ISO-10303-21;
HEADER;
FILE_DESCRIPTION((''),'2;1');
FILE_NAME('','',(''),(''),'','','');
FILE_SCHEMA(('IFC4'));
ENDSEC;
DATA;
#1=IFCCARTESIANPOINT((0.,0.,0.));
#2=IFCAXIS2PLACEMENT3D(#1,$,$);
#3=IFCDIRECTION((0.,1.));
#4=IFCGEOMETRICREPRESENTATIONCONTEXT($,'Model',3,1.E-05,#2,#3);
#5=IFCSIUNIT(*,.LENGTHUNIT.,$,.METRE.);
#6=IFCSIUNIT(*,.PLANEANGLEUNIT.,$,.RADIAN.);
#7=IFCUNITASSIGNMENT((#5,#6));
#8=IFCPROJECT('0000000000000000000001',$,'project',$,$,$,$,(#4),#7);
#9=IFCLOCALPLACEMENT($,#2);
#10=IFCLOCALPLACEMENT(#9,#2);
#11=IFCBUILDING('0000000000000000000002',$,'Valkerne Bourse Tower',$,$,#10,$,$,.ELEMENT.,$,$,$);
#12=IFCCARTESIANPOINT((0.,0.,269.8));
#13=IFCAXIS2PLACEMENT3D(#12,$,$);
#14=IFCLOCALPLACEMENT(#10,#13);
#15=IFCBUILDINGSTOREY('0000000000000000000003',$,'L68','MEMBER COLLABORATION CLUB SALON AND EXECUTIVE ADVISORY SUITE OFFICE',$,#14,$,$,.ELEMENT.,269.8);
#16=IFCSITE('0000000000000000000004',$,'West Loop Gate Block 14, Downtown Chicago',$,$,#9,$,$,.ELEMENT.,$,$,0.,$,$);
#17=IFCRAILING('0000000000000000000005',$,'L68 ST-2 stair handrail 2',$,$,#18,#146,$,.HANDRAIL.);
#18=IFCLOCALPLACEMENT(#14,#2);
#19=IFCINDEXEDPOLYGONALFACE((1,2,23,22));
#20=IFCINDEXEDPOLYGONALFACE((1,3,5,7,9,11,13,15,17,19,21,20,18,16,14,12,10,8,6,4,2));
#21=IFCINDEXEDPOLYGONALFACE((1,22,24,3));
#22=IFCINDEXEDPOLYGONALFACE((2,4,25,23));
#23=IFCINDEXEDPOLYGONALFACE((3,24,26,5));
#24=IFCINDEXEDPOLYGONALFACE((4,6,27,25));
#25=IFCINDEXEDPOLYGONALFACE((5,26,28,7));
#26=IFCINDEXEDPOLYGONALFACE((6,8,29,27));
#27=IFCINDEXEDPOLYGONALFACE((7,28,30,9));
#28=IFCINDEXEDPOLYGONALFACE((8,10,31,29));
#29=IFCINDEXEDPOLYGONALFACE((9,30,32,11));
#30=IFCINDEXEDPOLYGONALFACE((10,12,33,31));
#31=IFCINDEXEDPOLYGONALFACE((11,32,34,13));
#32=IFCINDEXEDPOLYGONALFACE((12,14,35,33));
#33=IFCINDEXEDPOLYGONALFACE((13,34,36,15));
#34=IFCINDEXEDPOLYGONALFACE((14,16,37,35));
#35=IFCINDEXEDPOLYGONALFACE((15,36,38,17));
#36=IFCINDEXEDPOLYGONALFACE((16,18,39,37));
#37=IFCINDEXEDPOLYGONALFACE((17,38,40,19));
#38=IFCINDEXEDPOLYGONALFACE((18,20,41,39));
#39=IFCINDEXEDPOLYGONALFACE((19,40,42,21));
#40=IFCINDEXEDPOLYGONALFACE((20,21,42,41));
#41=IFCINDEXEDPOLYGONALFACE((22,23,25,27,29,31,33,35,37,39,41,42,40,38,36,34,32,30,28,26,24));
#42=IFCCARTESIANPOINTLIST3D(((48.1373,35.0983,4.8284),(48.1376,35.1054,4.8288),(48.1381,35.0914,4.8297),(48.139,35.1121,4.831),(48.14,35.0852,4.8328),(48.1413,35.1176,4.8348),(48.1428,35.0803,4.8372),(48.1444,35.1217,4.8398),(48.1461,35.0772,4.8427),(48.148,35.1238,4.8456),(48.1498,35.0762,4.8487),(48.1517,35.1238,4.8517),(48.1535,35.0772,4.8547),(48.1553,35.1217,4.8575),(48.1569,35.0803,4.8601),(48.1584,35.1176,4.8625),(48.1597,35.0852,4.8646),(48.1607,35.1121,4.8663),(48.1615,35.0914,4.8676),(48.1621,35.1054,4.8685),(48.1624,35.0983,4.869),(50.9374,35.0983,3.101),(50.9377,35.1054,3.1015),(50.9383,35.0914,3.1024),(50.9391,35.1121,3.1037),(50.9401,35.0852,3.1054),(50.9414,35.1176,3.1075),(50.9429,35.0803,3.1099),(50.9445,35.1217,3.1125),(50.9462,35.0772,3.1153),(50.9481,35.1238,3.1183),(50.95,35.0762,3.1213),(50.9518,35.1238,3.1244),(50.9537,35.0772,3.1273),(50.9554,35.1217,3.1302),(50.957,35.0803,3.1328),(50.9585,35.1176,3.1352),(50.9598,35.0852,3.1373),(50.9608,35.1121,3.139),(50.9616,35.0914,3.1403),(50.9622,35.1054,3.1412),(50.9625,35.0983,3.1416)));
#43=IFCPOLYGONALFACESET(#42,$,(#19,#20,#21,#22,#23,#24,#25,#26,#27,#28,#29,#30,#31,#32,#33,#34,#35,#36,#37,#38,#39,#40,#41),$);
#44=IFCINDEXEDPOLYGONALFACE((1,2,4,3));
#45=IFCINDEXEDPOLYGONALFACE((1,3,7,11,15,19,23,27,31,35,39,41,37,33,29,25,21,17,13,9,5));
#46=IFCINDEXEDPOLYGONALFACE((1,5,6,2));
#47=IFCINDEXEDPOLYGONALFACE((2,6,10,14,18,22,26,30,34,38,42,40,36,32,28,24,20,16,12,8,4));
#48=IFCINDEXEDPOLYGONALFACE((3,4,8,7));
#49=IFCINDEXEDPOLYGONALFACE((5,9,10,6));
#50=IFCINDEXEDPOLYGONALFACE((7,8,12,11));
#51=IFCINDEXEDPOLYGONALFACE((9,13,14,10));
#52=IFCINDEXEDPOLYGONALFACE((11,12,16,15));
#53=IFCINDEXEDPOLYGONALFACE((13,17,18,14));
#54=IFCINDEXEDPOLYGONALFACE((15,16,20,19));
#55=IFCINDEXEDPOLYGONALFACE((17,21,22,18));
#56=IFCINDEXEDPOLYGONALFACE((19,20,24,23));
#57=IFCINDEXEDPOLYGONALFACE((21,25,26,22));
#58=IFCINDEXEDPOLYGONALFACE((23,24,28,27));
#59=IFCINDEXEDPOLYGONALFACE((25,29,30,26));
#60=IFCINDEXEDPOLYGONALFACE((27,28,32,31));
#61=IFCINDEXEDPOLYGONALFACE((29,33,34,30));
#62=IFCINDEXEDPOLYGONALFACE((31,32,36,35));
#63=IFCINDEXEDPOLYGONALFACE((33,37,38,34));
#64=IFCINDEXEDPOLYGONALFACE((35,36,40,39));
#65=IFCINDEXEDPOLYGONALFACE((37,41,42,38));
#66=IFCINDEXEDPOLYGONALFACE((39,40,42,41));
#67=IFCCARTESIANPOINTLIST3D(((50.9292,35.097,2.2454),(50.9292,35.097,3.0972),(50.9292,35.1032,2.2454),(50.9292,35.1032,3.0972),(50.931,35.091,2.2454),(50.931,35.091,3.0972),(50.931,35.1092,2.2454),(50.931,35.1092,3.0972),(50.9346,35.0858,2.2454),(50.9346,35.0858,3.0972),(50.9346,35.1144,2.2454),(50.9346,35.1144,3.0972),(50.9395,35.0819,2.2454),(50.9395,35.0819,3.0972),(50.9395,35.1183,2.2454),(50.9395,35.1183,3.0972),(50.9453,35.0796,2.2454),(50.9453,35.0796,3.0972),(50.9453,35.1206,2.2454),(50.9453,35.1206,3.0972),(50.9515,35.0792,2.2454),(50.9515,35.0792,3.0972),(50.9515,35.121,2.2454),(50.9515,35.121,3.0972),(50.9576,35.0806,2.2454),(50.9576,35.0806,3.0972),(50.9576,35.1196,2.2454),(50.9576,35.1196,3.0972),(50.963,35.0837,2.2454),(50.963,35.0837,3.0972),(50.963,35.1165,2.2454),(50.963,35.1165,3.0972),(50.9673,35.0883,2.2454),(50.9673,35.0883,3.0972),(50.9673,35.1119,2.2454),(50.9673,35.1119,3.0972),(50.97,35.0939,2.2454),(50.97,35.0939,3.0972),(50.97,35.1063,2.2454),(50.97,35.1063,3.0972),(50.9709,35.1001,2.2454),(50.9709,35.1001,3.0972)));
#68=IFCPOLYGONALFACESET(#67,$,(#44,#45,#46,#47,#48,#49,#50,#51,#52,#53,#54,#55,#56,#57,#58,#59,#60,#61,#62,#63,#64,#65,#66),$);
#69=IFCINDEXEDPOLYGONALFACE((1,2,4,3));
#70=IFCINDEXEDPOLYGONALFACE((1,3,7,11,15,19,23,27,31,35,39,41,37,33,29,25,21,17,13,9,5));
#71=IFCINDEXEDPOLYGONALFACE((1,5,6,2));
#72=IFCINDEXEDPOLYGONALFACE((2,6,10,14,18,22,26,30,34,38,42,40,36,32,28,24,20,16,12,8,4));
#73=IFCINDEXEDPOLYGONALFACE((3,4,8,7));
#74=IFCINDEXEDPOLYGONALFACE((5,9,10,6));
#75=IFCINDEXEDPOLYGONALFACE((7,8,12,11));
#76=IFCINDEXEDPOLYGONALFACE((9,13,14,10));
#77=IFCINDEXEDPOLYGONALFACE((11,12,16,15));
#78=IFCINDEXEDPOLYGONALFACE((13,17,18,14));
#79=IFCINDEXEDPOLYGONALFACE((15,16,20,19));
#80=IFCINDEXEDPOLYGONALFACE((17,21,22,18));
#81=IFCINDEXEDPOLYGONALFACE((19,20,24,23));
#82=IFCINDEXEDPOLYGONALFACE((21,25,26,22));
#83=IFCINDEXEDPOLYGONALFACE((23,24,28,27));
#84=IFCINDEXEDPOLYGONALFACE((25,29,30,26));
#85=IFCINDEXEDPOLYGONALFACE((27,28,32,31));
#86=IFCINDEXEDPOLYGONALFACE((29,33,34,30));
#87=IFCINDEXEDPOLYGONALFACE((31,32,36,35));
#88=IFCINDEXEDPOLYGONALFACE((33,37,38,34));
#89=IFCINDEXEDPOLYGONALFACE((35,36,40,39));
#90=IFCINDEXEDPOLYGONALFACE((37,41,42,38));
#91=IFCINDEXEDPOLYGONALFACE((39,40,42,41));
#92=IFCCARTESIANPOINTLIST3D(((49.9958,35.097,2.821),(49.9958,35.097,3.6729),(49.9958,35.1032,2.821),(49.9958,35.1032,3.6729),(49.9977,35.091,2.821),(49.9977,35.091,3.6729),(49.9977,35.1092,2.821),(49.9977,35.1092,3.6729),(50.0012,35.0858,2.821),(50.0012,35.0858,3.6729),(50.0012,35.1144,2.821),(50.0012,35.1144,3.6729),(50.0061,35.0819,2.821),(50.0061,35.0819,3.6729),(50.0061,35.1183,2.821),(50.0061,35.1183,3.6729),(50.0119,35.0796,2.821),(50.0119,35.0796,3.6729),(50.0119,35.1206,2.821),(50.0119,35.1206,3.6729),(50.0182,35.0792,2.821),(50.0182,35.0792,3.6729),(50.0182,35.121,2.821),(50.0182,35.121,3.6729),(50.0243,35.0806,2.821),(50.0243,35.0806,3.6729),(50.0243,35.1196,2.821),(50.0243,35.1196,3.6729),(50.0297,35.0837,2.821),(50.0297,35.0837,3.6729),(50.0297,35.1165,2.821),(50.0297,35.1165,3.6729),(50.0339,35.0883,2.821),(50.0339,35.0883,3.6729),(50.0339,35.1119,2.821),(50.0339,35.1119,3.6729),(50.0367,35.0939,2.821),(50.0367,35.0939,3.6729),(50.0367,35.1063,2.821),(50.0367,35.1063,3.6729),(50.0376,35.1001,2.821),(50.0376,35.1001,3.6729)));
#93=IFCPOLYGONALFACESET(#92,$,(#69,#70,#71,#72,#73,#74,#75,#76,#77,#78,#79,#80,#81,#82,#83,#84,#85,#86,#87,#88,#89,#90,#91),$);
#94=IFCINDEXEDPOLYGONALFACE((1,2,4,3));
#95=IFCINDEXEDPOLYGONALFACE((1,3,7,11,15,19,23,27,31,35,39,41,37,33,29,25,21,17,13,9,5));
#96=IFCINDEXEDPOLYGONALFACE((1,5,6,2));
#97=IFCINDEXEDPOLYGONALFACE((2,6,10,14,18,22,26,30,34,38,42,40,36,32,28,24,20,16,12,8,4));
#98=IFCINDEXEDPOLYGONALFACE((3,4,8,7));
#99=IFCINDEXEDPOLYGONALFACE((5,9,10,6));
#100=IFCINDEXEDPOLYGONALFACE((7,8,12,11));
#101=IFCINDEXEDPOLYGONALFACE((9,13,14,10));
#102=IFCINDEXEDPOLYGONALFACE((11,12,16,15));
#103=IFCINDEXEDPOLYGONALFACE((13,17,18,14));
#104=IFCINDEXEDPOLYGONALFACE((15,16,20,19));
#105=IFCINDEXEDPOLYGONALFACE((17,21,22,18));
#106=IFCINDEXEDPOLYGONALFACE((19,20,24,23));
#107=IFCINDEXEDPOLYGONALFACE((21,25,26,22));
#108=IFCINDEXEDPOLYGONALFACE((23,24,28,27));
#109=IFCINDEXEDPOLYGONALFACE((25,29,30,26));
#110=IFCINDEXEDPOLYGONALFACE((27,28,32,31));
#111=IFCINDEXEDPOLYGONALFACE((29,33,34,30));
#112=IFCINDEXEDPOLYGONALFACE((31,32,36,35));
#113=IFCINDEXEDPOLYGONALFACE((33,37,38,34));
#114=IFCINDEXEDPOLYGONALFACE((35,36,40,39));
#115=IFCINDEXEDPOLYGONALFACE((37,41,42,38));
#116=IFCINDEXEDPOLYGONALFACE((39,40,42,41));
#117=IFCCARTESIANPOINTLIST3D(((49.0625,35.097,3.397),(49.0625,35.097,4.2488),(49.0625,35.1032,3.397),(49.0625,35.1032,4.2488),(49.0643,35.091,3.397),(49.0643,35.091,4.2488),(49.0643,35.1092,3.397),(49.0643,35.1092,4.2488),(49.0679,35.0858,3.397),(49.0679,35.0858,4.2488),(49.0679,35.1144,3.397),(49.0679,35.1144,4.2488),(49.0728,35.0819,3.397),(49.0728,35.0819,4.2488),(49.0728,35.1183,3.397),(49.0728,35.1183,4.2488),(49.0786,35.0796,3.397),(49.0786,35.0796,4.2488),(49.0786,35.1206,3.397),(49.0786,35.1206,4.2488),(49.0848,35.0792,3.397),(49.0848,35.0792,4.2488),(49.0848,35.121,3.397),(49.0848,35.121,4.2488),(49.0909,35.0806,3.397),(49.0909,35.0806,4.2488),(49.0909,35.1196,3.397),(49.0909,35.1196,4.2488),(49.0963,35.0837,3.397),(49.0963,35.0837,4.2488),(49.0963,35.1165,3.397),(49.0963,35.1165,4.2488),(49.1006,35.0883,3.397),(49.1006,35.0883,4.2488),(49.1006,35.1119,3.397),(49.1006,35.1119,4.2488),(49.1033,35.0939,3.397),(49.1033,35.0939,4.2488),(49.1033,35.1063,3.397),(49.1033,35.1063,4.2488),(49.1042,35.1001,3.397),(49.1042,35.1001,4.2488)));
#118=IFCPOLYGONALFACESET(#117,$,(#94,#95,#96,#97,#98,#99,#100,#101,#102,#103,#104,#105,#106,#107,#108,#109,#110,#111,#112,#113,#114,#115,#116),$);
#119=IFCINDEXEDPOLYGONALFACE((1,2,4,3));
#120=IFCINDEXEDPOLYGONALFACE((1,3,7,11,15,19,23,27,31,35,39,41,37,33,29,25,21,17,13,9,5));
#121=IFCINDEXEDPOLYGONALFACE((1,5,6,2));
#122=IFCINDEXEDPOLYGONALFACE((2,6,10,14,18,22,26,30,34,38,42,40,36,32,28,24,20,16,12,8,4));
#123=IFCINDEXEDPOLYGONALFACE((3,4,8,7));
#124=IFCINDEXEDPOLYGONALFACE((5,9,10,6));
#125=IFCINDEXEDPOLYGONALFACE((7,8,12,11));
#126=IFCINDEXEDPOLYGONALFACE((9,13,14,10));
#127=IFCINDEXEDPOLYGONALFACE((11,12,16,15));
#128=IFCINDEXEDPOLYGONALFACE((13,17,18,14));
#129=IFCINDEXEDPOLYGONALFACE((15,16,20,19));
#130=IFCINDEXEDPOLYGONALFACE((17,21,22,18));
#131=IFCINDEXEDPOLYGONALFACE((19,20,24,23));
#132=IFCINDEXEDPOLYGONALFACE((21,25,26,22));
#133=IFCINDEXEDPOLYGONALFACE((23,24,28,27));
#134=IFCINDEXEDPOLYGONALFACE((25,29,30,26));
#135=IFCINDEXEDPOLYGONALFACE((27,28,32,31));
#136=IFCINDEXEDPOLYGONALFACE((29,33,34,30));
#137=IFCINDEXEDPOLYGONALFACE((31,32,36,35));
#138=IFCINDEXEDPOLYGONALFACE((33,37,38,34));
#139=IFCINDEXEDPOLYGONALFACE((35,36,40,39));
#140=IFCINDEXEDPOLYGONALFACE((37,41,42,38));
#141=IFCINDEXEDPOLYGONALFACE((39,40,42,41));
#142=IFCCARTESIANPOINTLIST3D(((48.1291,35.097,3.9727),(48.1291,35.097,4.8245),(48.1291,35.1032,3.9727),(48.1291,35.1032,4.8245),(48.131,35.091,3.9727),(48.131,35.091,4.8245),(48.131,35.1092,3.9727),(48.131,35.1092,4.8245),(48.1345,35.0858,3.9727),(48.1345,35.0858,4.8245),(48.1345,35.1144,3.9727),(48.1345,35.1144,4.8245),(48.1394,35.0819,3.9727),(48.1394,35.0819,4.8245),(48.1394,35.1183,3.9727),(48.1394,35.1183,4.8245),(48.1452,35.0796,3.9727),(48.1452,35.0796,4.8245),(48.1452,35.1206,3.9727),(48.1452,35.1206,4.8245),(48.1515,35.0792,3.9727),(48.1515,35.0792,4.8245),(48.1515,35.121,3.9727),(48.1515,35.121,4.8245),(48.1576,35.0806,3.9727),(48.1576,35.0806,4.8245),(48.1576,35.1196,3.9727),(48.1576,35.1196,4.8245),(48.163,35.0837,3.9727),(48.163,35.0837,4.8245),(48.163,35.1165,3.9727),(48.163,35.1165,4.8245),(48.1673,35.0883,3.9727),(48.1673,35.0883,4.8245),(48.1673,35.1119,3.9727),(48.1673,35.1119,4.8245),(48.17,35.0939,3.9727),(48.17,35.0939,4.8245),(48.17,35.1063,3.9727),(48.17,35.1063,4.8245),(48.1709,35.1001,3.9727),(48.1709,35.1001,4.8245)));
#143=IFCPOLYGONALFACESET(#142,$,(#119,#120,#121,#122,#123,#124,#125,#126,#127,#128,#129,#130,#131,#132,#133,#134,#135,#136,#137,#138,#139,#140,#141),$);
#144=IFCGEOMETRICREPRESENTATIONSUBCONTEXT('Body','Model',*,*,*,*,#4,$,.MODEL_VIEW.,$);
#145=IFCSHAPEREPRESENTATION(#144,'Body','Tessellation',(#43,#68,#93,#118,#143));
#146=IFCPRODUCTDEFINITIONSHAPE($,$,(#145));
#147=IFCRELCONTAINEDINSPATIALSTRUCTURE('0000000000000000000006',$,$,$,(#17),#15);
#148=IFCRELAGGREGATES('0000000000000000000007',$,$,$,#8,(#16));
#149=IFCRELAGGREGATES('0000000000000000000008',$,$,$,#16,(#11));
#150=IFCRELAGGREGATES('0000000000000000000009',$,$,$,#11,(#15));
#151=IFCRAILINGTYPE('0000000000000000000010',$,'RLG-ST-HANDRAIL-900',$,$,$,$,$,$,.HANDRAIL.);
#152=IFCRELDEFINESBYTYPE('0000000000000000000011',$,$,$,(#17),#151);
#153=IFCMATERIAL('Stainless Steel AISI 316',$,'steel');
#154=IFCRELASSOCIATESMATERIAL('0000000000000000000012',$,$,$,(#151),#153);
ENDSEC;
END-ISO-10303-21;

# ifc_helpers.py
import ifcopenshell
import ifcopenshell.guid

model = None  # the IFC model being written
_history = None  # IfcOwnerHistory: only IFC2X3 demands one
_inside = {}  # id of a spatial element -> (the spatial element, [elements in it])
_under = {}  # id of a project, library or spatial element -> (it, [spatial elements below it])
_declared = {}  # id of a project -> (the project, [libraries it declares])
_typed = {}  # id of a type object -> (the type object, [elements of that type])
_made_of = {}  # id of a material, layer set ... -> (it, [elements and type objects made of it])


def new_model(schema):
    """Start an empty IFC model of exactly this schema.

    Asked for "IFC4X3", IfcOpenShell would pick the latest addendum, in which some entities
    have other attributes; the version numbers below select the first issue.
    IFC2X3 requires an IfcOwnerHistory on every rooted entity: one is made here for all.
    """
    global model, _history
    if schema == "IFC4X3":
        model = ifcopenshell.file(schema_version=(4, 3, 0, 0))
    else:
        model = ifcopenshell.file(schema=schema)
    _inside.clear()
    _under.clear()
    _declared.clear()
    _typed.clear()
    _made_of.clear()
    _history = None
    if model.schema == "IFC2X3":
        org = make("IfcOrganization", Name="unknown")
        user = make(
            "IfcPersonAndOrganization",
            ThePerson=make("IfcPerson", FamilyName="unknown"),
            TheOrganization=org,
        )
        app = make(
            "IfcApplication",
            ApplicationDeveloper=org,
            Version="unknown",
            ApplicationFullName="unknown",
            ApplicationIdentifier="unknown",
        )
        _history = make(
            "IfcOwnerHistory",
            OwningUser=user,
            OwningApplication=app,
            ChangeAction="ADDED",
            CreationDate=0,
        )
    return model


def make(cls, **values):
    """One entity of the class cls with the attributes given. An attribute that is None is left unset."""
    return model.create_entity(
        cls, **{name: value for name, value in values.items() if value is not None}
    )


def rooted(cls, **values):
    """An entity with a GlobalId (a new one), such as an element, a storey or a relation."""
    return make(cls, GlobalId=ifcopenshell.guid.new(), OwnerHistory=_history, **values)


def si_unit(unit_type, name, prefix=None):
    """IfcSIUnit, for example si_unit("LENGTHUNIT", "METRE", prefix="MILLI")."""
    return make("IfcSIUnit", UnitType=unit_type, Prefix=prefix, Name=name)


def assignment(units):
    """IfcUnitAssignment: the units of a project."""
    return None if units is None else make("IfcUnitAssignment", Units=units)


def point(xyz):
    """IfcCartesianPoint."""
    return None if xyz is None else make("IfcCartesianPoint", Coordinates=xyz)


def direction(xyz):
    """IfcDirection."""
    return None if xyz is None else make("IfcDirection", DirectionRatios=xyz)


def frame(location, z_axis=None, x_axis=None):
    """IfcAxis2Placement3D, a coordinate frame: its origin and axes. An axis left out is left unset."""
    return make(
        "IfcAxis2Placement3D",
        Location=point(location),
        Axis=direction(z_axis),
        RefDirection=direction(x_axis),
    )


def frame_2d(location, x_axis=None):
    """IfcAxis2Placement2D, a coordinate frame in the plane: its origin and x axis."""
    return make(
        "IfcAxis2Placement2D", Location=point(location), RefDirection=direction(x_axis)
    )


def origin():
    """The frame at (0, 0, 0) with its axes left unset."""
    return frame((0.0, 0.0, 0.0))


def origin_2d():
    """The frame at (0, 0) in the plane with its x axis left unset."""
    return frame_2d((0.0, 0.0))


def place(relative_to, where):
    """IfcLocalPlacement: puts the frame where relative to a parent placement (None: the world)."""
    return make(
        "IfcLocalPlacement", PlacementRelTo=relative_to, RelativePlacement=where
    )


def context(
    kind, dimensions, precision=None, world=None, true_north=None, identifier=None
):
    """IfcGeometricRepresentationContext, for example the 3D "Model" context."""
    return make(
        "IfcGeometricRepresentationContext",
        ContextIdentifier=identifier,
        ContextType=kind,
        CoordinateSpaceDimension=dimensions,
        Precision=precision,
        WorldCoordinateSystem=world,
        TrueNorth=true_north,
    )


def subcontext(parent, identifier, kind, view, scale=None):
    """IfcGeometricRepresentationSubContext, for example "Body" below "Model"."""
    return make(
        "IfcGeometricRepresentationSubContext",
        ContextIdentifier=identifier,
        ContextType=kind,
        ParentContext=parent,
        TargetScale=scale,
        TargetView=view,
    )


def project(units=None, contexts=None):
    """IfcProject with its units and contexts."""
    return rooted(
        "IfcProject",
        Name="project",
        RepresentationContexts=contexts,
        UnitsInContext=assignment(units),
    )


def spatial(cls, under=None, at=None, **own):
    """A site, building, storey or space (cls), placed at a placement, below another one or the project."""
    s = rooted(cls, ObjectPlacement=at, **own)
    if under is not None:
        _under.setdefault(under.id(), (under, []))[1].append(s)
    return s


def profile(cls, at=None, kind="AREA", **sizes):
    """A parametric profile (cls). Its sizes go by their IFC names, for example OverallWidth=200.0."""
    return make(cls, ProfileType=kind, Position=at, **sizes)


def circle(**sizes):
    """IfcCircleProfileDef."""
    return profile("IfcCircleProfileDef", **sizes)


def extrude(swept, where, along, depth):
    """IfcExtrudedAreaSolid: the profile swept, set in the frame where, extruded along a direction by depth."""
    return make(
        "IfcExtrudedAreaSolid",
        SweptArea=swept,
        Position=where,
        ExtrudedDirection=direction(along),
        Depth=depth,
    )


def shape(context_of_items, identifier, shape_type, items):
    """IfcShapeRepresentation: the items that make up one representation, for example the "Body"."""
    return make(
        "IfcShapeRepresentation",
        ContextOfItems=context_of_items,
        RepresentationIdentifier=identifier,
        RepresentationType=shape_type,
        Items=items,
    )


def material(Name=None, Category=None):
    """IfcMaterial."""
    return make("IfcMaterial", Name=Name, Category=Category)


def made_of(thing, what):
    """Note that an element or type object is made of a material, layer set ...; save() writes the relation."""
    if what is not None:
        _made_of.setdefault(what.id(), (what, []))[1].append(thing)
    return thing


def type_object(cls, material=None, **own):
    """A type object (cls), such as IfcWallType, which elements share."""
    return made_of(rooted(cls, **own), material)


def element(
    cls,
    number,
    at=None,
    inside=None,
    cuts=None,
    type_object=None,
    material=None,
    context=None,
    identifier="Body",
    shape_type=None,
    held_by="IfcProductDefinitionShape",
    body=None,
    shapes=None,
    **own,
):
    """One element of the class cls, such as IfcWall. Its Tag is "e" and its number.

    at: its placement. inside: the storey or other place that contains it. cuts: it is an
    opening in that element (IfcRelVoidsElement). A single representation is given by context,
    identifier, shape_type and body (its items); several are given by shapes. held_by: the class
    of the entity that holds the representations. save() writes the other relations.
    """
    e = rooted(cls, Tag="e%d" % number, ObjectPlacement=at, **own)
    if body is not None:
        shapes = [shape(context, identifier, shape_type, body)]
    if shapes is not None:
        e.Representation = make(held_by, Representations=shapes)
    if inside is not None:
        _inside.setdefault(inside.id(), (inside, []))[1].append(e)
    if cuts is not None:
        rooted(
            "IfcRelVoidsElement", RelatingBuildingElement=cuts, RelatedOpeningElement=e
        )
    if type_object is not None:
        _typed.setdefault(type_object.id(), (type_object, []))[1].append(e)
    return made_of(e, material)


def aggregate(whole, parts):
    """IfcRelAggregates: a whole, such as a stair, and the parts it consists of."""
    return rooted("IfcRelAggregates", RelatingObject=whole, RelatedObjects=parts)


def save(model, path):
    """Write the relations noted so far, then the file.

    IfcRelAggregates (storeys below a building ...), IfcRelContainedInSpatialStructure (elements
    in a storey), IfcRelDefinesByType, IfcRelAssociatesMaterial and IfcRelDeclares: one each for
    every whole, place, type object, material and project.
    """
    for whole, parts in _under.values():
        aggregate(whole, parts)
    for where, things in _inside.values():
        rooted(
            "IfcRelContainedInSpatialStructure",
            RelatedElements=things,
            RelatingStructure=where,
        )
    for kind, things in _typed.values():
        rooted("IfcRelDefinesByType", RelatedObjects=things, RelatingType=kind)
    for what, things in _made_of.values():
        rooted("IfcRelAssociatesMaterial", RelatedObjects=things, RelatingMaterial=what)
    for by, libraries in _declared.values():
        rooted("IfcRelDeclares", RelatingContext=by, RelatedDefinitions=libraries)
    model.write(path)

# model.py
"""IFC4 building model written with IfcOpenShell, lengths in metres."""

from ifc_helpers import new_model, si_unit, direction, frame, origin, origin_2d, place, context, subcontext, project, spatial, circle, extrude, material, type_object, element, save


model = new_model("IFC4")

# Units and contexts
model_context = context("Model", 3, precision=1e-05, world=origin(), true_north=direction((0.0, 1.0)))
body_context = subcontext(model_context, "Body", "Model", "MODEL_VIEW")
ifc_project = project(units=[si_unit("LENGTHUNIT", "METRE"), si_unit("PLANEANGLEUNIT", "RADIAN")], contexts=[model_context])

# Site, building, storey
site_placement = place(None, origin())
site = spatial("IfcSite", under=ifc_project, at=site_placement, Name="West Loop Gate Block 14, Downtown Chicago", CompositionType="ELEMENT", RefElevation=0.0)
building_placement = place(site_placement, origin())
building = spatial("IfcBuilding", under=site, at=building_placement, Name="Valkerne Bourse Tower", CompositionType="ELEMENT")
storey_placement = place(building_placement, frame((0.0, 0.0, 269.8)))
storey = spatial("IfcBuildingStorey", under=building, at=storey_placement, Name="L68", Description="MEMBER COLLABORATION CLUB SALON AND EXECUTIVE ADVISORY SUITE OFFICE", CompositionType="ELEMENT", Elevation=269.8)

# Railing
ifc_material_1 = material(Name="Stainless Steel AISI 316", Category="steel")
railing_type_1 = type_object("IfcRailingType", Name="RLG-ST-HANDRAIL-900", PredefinedType="HANDRAIL", material=ifc_material_1)
railing_1_placement = place(storey_placement, frame((50.95, 35.1001, 2.2454)))
element("IfcRailing", 1, at=railing_1_placement, inside=storey, type_object=railing_type_1, Name="L68 ST-2 stair handrail 2", PredefinedType="HANDRAIL", context=body_context, shape_type="SweptSolid", body=[
    extrude(circle(Radius=0.0239, at=origin_2d()), frame((0.0, 0.0, 0.876), z_axis=(-0.85109, 0.0, 0.52502), x_axis=(0.0, -1.0, 0.0)), (0.0, 0.0, 1.0), 3.29),
    extrude(circle(Radius=0.021, at=origin_2d()), origin(), (0.0, 0.0, 1.0), 0.8518),
    extrude(circle(Radius=0.021, at=origin_2d()), frame((-0.9333, 0.0, 0.5757)), (0.0, 0.0, 1.0), 0.8518),
    extrude(circle(Radius=0.021, at=origin_2d()), frame((-1.8667, 0.0, 1.1516)), (0.0, 0.0, 1.0), 0.8518),
    extrude(circle(Radius=0.021, at=origin_2d()), frame((-2.8, 0.0, 1.7273)), (0.0, 0.0, 1.0), 0.8518),
])

save(model, "model.ifc")
